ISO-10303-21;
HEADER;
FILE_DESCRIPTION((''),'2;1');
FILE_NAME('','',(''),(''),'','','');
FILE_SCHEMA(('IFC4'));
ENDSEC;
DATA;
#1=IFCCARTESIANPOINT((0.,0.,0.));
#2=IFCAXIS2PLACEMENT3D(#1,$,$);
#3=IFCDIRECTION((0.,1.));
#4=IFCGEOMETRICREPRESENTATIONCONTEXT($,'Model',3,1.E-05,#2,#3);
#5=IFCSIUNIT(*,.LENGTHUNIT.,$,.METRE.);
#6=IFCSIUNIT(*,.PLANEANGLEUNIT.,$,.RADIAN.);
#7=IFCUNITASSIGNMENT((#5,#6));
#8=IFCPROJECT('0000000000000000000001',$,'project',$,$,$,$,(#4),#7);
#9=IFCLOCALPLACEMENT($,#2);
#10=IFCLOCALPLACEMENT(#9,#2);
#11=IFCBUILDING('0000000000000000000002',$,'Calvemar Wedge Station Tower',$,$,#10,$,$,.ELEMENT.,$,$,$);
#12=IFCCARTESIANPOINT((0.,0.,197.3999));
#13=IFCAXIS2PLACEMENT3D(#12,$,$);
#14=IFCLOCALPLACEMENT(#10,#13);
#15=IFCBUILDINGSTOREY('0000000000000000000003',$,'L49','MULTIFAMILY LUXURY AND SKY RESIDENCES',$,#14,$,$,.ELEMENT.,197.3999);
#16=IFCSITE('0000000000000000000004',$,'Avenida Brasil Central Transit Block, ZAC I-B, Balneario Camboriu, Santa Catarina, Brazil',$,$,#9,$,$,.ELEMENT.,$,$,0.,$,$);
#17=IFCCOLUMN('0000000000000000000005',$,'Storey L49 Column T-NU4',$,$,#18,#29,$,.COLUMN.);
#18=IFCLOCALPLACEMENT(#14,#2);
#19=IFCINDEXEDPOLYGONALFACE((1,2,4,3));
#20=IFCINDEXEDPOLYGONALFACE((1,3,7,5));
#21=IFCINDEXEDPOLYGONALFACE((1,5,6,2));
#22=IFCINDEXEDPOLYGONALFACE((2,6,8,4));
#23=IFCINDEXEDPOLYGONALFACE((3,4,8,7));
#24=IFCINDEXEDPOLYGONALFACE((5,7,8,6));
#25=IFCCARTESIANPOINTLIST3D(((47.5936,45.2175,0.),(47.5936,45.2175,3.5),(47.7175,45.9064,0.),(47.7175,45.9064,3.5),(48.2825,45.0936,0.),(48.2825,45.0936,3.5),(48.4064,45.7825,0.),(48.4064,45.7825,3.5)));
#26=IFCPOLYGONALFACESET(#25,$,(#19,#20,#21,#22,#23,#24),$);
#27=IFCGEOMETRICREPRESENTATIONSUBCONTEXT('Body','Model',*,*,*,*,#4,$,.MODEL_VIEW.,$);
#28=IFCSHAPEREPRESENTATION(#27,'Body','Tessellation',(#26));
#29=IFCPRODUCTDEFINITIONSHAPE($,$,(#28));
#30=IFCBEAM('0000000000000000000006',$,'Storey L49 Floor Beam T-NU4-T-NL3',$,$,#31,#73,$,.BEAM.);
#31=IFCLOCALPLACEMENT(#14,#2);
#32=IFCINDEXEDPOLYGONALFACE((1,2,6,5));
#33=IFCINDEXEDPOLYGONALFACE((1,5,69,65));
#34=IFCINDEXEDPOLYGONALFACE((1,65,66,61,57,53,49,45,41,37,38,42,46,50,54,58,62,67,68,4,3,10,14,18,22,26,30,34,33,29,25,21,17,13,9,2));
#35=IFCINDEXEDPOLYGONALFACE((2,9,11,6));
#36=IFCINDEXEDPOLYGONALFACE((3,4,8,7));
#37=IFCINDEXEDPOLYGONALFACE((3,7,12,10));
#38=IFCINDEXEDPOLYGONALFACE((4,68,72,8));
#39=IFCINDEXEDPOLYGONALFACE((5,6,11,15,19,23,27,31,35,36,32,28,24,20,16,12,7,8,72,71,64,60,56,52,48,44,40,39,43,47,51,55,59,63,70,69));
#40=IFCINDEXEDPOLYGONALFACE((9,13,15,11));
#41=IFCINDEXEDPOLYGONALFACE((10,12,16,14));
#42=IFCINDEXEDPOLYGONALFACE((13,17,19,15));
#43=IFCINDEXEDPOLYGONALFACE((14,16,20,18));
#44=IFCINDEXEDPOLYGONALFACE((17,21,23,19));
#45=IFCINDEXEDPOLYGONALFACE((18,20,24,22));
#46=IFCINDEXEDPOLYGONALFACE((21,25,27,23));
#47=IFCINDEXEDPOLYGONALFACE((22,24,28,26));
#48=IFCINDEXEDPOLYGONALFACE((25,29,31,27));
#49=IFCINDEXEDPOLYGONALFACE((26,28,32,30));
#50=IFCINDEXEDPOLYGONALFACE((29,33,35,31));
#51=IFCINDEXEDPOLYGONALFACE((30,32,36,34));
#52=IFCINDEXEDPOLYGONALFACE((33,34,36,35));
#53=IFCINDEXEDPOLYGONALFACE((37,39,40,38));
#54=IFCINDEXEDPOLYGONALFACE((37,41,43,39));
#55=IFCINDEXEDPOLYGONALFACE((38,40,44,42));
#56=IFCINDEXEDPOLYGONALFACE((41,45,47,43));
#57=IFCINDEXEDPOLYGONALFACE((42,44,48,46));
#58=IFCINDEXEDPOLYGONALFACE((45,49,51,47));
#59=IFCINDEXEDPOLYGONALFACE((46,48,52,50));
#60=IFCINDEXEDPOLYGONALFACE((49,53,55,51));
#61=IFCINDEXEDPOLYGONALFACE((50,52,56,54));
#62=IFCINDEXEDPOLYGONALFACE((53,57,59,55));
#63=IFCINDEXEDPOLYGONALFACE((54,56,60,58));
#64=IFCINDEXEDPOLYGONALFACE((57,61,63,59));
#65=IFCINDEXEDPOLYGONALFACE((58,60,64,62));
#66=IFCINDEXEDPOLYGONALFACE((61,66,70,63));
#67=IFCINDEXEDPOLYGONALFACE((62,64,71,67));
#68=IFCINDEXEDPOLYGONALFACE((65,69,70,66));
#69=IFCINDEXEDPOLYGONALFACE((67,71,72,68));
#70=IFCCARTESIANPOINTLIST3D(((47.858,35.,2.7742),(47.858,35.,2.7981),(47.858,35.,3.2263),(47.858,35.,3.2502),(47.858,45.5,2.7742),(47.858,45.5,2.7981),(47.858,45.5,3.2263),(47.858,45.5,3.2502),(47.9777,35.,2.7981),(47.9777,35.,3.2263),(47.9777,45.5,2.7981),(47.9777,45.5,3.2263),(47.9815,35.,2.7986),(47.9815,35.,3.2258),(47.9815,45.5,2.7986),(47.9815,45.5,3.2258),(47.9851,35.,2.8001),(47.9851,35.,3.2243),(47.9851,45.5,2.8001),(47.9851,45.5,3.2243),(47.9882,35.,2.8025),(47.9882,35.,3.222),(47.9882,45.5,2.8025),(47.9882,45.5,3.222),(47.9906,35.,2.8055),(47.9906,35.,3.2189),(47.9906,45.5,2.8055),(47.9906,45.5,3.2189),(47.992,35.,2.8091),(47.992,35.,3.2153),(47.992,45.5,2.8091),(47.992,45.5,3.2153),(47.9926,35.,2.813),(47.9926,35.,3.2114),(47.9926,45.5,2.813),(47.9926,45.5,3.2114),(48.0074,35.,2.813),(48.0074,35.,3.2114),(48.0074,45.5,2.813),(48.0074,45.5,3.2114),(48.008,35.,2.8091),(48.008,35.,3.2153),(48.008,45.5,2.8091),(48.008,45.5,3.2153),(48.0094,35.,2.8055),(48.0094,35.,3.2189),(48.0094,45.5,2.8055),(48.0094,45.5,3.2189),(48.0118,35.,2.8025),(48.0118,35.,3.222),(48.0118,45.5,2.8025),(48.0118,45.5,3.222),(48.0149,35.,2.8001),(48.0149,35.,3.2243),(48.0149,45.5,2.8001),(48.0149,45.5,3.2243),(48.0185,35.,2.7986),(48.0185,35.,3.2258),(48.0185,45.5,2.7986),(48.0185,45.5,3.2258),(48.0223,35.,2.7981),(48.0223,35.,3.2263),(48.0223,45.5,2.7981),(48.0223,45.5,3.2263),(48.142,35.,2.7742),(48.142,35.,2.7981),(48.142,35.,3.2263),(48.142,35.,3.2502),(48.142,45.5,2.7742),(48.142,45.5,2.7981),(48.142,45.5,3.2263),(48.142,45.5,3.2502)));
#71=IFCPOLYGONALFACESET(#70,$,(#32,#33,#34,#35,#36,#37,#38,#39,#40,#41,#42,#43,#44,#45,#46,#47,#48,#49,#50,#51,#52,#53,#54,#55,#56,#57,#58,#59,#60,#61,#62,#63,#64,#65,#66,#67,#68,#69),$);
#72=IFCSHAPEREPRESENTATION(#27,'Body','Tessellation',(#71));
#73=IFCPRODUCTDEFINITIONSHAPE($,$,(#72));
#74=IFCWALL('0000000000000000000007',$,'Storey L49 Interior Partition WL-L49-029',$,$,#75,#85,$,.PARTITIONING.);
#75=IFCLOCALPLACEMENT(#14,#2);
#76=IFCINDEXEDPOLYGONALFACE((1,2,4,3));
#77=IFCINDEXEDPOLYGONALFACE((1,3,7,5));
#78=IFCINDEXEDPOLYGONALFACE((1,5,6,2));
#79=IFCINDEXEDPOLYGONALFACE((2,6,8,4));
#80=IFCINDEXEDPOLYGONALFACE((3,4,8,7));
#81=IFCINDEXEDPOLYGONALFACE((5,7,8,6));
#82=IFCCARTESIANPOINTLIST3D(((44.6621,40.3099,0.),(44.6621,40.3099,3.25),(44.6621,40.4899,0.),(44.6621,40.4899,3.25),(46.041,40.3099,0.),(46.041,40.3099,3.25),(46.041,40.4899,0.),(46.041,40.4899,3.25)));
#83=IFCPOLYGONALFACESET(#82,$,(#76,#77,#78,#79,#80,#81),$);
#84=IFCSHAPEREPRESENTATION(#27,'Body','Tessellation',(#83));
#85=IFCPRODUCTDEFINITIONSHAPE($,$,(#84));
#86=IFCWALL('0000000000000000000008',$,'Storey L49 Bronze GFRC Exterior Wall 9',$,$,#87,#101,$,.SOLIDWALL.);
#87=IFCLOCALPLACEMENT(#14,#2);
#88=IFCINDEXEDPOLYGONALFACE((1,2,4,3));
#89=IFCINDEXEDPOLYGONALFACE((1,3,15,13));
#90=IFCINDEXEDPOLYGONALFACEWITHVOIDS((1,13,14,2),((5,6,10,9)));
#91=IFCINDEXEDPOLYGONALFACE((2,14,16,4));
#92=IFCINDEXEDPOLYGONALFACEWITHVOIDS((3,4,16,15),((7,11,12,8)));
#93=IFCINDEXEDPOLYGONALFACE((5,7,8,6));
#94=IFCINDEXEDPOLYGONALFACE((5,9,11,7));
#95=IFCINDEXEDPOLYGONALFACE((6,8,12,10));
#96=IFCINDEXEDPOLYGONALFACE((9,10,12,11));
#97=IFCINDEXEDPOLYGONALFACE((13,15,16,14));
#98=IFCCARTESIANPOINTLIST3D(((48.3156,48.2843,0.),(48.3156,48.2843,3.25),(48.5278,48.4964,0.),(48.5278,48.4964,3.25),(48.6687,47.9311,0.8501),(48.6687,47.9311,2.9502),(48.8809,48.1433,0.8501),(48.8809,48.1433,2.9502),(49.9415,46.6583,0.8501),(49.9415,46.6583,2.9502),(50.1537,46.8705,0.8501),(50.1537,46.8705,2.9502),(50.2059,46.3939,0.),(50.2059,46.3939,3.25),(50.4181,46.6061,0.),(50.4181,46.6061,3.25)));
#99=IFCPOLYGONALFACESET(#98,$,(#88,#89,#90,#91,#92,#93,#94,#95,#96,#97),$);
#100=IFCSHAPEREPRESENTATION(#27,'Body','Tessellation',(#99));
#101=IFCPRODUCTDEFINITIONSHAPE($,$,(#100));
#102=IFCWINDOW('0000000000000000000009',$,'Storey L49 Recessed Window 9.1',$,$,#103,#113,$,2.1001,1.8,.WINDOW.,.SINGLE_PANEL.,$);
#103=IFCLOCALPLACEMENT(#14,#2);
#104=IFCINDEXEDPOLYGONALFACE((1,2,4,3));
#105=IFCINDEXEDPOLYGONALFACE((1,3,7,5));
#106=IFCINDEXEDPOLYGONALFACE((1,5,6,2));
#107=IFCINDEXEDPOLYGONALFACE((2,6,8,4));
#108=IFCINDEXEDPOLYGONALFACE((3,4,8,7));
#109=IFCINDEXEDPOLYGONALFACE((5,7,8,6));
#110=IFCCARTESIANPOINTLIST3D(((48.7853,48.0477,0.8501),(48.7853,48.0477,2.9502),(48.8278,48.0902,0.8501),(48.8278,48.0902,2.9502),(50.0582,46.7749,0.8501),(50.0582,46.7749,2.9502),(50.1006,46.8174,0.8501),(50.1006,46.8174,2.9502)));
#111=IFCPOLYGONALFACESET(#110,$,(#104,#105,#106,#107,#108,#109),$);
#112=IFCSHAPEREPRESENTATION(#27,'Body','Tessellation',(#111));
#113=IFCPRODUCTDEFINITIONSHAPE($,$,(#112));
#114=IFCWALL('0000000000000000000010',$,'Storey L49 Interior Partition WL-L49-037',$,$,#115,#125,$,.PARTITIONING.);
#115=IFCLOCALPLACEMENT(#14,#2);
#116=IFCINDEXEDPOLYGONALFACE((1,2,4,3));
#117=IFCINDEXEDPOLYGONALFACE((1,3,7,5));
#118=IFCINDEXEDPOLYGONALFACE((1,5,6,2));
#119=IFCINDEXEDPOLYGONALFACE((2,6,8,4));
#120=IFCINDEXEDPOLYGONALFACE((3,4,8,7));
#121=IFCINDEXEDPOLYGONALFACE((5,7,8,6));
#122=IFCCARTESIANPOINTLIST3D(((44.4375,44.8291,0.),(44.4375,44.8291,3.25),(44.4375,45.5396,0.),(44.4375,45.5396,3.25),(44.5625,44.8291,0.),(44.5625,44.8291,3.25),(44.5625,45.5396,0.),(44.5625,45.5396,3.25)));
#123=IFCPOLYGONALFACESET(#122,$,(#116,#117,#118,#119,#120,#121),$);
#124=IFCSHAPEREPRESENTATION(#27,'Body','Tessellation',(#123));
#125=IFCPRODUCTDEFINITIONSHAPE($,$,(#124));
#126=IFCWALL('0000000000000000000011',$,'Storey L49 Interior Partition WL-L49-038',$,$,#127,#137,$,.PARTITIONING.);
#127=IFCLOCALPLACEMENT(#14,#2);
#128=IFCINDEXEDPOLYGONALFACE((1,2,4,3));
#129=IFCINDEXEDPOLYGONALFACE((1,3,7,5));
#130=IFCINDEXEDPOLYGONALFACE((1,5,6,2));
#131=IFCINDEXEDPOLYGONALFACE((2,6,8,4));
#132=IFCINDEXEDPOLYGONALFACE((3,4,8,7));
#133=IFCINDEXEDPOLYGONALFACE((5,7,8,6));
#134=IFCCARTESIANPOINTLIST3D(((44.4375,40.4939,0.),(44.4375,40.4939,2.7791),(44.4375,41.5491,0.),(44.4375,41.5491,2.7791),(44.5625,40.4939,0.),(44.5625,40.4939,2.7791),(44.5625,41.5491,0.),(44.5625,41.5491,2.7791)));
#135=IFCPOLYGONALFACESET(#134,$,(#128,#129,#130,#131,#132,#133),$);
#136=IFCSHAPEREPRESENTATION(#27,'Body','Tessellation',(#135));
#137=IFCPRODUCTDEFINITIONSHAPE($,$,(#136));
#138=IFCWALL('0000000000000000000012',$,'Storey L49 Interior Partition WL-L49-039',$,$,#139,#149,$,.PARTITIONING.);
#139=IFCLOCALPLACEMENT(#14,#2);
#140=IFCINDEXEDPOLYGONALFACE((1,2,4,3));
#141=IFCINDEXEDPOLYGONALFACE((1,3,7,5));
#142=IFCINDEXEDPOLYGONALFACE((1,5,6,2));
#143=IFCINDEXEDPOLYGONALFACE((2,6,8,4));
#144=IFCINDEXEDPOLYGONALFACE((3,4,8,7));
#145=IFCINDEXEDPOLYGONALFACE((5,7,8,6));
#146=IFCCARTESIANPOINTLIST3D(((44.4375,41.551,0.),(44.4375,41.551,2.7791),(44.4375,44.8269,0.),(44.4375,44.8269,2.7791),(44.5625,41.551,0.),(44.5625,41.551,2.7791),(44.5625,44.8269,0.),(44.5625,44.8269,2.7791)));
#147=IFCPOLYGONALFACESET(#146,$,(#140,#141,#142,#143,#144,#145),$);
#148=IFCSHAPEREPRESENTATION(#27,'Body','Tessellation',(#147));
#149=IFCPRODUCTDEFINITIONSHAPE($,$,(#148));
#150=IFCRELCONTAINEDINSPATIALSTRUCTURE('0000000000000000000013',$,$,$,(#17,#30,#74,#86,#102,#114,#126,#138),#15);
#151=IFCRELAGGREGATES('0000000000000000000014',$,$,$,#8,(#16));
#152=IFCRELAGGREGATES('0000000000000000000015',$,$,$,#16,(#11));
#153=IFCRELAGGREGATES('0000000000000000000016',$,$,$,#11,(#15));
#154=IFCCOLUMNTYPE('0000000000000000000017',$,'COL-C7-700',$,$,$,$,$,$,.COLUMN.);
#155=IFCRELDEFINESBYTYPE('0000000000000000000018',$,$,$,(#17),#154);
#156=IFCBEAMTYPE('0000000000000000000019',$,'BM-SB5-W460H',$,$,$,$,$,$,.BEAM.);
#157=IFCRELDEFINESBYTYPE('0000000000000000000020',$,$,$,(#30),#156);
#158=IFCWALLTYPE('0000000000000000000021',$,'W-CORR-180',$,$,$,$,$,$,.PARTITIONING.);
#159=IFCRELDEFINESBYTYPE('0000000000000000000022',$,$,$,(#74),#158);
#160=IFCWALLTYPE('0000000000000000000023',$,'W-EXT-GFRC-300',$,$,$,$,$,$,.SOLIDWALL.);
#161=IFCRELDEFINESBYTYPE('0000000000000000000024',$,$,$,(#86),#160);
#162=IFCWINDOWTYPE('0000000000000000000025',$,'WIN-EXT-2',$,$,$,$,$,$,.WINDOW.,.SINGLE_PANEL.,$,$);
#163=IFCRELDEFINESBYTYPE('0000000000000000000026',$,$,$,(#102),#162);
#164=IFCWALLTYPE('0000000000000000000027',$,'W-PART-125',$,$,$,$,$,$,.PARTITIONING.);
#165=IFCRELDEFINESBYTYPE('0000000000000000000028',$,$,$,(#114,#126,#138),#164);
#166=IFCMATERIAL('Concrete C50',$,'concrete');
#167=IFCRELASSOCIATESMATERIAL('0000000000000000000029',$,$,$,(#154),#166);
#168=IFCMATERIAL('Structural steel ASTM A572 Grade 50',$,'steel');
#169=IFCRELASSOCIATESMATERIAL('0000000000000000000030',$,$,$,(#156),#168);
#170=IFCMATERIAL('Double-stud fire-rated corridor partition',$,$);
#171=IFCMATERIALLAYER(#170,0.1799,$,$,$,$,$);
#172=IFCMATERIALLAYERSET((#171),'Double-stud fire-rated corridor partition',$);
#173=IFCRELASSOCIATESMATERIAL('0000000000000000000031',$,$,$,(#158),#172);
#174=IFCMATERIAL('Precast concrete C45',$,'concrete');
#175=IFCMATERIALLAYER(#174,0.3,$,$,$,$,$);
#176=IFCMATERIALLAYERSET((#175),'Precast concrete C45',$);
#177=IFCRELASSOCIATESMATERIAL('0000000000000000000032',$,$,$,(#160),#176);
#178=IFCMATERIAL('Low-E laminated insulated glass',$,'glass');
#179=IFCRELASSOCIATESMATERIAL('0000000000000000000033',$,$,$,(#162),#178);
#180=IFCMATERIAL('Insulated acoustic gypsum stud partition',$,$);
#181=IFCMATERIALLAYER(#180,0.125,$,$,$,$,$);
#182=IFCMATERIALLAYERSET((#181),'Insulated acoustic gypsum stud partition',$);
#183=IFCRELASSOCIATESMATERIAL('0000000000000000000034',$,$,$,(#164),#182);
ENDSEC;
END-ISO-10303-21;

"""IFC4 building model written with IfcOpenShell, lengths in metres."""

from ifc_helpers import new_model, si_unit, direction, frame, frame_2d, origin, origin_2d, place, context, subcontext, project, spatial, rectangle, i_section, extrude, source, transform, mapped, material, layer, layer_set, material_profile, profile_set, type_object, element, fill, save


model = new_model("IFC4")

# Units and contexts
model_context = context("Model", 3, precision=1e-05, world=origin(), true_north=direction((0.0, 1.0)))
body_context = subcontext(model_context, "Body", "Model", "MODEL_VIEW")
ifc_project = project(units=[si_unit("LENGTHUNIT", "METRE"), si_unit("PLANEANGLEUNIT", "RADIAN")], contexts=[model_context])

# Site, building, storey
site_placement = place(None, origin())
site = spatial("IfcSite", under=ifc_project, at=site_placement, Name="Avenida Brasil Central Transit Block, ZAC I-B, Balneario Camboriu, Santa Catarina, Brazil", CompositionType="ELEMENT", RefElevation=0.0)
building_placement = place(site_placement, origin())
building = spatial("IfcBuilding", under=site, at=building_placement, Name="Calvemar Wedge Station Tower", CompositionType="ELEMENT")
storey_placement = place(building_placement, frame((0.0, 0.0, 197.3999)))
storey = spatial("IfcBuildingStorey", under=building, at=storey_placement, Name="L49", Description="MULTIFAMILY LUXURY AND SKY RESIDENCES", CompositionType="ELEMENT", Elevation=197.3999)

# Column
ifc_material_1 = material(Name="Concrete C50", Category="concrete")
ifc_material_profile_1 = material_profile(ifc_material_1, rectangle(XDim=0.7, YDim=0.7, at=origin_2d()), Name="RC700x700")
ifc_profile_set_1 = profile_set([ifc_material_profile_1], Name="Concrete C50")
column_type = type_object("IfcColumnType", Name="COL-C7-700", PredefinedType="COLUMN", material=ifc_profile_set_1)
shared_shape_1 = source(origin(), body_context, "Body", "SweptSolid", [
    extrude(rectangle(XDim=0.7, YDim=0.7, at=origin_2d()), origin(), (0.0, 0.0, 1.0), 3.5),
])
column_placement = place(storey_placement, frame((48.0, 45.5, 0.0), z_axis=(0.0, 0.0, 1.0), x_axis=(0.984196, -0.177085, 0.0)))
element("IfcColumn", 1, at=column_placement, inside=storey, type_object=column_type, Name="Storey L49 Column T-NU4", PredefinedType="COLUMN", context=body_context, shape_type="MappedRepresentation", body=[
    mapped(shared_shape_1, transform((0.0, 0.0, 0.0), scale=1.0)),
])

# Beam
ifc_material_2 = material(Name="Structural steel ASTM A572 Grade 50", Category="steel")
ifc_material_profile_2 = material_profile(ifc_material_2, i_section(OverallWidth=0.2839, OverallDepth=0.4761, WebThickness=0.0149, FlangeThickness=0.0239, FilletRadius=0.0149, at=origin_2d()), Name="W460x158")
ifc_profile_set_2 = profile_set([ifc_material_profile_2], Name="Structural steel ASTM A572 Grade 50")
beam_type = type_object("IfcBeamType", Name="BM-SB5-W460H", PredefinedType="BEAM", material=ifc_profile_set_2)
shared_shape_2 = source(origin(), body_context, "Body", "SweptSolid", [
    extrude(i_section(OverallWidth=0.2839, OverallDepth=0.4761, WebThickness=0.0149, FlangeThickness=0.0239, FilletRadius=0.0149, at=origin_2d()), origin(), (0.0, 0.0, 1.0), 10.5),
])
beam_placement = place(storey_placement, frame((48.0, 45.5, 3.0122), z_axis=(0.0, -1.0, 0.0), x_axis=(1.0, 0.0, 0.0)))
element("IfcBeam", 2, at=beam_placement, inside=storey, type_object=beam_type, Name="Storey L49 Floor Beam T-NU4-T-NL3", PredefinedType="BEAM", context=body_context, shape_type="MappedRepresentation", body=[
    mapped(shared_shape_2, transform((0.0, 0.0, 0.0), scale=1.0)),
])

# Shared definitions
ifc_material_3 = material(Name="Double-stud fire-rated corridor partition")
ifc_layer_1 = layer(ifc_material_3, 0.1799)
ifc_layer_set_1 = layer_set([ifc_layer_1], Name="Double-stud fire-rated corridor partition")
wall_type_1 = type_object("IfcWallType", Name="W-CORR-180", PredefinedType="PARTITIONING", material=ifc_layer_set_1)

# Wall
wall_1_placement = place(storey_placement, frame((44.6621, 40.3999, 0.0), z_axis=(0.0, 0.0, 1.0), x_axis=(1.0, 0.0, 0.0)))
element("IfcWall", 3, at=wall_1_placement, inside=storey, type_object=wall_type_1, Name="Storey L49 Interior Partition WL-L49-029", PredefinedType="PARTITIONING", context=body_context, shape_type="SweptSolid", body=[
    extrude(rectangle(XDim=1.3789, YDim=0.1799, at=frame_2d((0.6895, 0.0))), origin(), (0.0, 0.0, 1.0), 3.25),
])

# Wall, opening, window
ifc_material_4 = material(Name="Precast concrete C45", Category="concrete")
ifc_layer_2 = layer(ifc_material_4, 0.3)
ifc_layer_set_2 = layer_set([ifc_layer_2], Name="Precast concrete C45")
wall_type_2 = type_object("IfcWallType", Name="W-EXT-GFRC-300", PredefinedType="SOLIDWALL", material=ifc_layer_set_2)
wall_2_placement = place(storey_placement, frame((50.312, 46.5, 0.0), z_axis=(0.0, 0.0, 1.0), x_axis=(-0.707107, 0.707107, 0.0)))
wall_2 = element("IfcWall", 4, at=wall_2_placement, inside=storey, type_object=wall_type_2, Name="Storey L49 Bronze GFRC Exterior Wall 9", PredefinedType="SOLIDWALL", context=body_context, shape_type="SweptSolid", body=[
    extrude(rectangle(XDim=2.6733, YDim=0.3, at=frame_2d((1.3367, 0.0))), origin(), (0.0, 0.0, 1.0), 3.25),
])
shared_shape_3 = source(origin(), body_context, "Body", "SweptSolid", [
    extrude(rectangle(XDim=1.8, YDim=2.1001, at=frame_2d((0.8999, 1.05))), frame((0.0, 0.1602, 0.0), z_axis=(0.0, -1.0, 0.0), x_axis=(1.0, 0.0, 0.0)), (0.0, 0.0, 1.0), 0.3201),
])
opening_1_placement = place(wall_2_placement, frame((0.374, 0.0, 0.8501)))
opening_1 = element("IfcOpeningElement", 5, at=opening_1_placement, cuts=wall_2, PredefinedType="OPENING", context=body_context, shape_type="MappedRepresentation", body=[
    mapped(shared_shape_3, transform((0.0, 0.0, 0.0), scale=1.0)),
])
ifc_material_5 = material(Name="Low-E laminated insulated glass", Category="glass")
window_type = type_object("IfcWindowType", Name="WIN-EXT-2", PartitioningType="SINGLE_PANEL", PredefinedType="WINDOW", material=ifc_material_5)
shared_shape_4 = source(origin(), body_context, "Body", "SweptSolid", [
    extrude(rectangle(XDim=1.8, YDim=2.1001, at=frame_2d((0.8999, 1.05))), frame((0.0, -0.0149, 0.0), z_axis=(0.0, -1.0, 0.0), x_axis=(1.0, 0.0, 0.0)), (0.0, 0.0, 1.0), 0.0601),
])
window_placement = place(opening_1_placement, origin())
window = element("IfcWindow", 6, at=window_placement, inside=storey, type_object=window_type, Name="Storey L49 Recessed Window 9.1", OverallHeight=2.1001, OverallWidth=1.8, PartitioningType="SINGLE_PANEL", PredefinedType="WINDOW", context=body_context, shape_type="MappedRepresentation", body=[
    mapped(shared_shape_4, transform((0.0, 0.0, 0.0), scale=1.0)),
])
fill(opening_1, window)

# Walls
ifc_material_6 = material(Name="Insulated acoustic gypsum stud partition")
ifc_layer_3 = layer(ifc_material_6, 0.125)
ifc_layer_set_3 = layer_set([ifc_layer_3], Name="Insulated acoustic gypsum stud partition")
wall_type_3 = type_object("IfcWallType", Name="W-PART-125", PredefinedType="PARTITIONING", material=ifc_layer_set_3)
wall_3_placement = place(storey_placement, frame((44.5, 45.5396, 0.0), z_axis=(0.0, 0.0, 1.0), x_axis=(0.0, -1.0, 0.0)))
element("IfcWall", 7, at=wall_3_placement, inside=storey, type_object=wall_type_3, Name="Storey L49 Interior Partition WL-L49-037", PredefinedType="PARTITIONING", context=body_context, shape_type="SweptSolid", body=[
    extrude(rectangle(XDim=0.7104, YDim=0.125, at=frame_2d((0.3552, 0.0))), origin(), (0.0, 0.0, 1.0), 3.25),
])
wall_4_placement = place(storey_placement, frame((44.5, 41.5491, 0.0), z_axis=(0.0, 0.0, 1.0), x_axis=(0.0, -1.0, 0.0)))
element("IfcWall", 8, at=wall_4_placement, inside=storey, type_object=wall_type_3, Name="Storey L49 Interior Partition WL-L49-038", PredefinedType="PARTITIONING", context=body_context, shape_type="SweptSolid", body=[
    extrude(rectangle(XDim=1.0552, YDim=0.125, at=frame_2d((0.5276, 0.0))), origin(), (0.0, 0.0, 1.0), 2.7791),
])
wall_5_placement = place(storey_placement, frame((44.5, 44.8269, 0.0), z_axis=(0.0, 0.0, 1.0), x_axis=(0.0, -1.0, 0.0)))
element("IfcWall", 9, at=wall_5_placement, inside=storey, type_object=wall_type_3, Name="Storey L49 Interior Partition WL-L49-039", PredefinedType="PARTITIONING", context=body_context, shape_type="SweptSolid", body=[
    extrude(rectangle(XDim=3.2759, YDim=0.125, at=frame_2d((1.6379, 0.0))), origin(), (0.0, 0.0, 1.0), 2.7791),
])

save(model, "model.ifc")
